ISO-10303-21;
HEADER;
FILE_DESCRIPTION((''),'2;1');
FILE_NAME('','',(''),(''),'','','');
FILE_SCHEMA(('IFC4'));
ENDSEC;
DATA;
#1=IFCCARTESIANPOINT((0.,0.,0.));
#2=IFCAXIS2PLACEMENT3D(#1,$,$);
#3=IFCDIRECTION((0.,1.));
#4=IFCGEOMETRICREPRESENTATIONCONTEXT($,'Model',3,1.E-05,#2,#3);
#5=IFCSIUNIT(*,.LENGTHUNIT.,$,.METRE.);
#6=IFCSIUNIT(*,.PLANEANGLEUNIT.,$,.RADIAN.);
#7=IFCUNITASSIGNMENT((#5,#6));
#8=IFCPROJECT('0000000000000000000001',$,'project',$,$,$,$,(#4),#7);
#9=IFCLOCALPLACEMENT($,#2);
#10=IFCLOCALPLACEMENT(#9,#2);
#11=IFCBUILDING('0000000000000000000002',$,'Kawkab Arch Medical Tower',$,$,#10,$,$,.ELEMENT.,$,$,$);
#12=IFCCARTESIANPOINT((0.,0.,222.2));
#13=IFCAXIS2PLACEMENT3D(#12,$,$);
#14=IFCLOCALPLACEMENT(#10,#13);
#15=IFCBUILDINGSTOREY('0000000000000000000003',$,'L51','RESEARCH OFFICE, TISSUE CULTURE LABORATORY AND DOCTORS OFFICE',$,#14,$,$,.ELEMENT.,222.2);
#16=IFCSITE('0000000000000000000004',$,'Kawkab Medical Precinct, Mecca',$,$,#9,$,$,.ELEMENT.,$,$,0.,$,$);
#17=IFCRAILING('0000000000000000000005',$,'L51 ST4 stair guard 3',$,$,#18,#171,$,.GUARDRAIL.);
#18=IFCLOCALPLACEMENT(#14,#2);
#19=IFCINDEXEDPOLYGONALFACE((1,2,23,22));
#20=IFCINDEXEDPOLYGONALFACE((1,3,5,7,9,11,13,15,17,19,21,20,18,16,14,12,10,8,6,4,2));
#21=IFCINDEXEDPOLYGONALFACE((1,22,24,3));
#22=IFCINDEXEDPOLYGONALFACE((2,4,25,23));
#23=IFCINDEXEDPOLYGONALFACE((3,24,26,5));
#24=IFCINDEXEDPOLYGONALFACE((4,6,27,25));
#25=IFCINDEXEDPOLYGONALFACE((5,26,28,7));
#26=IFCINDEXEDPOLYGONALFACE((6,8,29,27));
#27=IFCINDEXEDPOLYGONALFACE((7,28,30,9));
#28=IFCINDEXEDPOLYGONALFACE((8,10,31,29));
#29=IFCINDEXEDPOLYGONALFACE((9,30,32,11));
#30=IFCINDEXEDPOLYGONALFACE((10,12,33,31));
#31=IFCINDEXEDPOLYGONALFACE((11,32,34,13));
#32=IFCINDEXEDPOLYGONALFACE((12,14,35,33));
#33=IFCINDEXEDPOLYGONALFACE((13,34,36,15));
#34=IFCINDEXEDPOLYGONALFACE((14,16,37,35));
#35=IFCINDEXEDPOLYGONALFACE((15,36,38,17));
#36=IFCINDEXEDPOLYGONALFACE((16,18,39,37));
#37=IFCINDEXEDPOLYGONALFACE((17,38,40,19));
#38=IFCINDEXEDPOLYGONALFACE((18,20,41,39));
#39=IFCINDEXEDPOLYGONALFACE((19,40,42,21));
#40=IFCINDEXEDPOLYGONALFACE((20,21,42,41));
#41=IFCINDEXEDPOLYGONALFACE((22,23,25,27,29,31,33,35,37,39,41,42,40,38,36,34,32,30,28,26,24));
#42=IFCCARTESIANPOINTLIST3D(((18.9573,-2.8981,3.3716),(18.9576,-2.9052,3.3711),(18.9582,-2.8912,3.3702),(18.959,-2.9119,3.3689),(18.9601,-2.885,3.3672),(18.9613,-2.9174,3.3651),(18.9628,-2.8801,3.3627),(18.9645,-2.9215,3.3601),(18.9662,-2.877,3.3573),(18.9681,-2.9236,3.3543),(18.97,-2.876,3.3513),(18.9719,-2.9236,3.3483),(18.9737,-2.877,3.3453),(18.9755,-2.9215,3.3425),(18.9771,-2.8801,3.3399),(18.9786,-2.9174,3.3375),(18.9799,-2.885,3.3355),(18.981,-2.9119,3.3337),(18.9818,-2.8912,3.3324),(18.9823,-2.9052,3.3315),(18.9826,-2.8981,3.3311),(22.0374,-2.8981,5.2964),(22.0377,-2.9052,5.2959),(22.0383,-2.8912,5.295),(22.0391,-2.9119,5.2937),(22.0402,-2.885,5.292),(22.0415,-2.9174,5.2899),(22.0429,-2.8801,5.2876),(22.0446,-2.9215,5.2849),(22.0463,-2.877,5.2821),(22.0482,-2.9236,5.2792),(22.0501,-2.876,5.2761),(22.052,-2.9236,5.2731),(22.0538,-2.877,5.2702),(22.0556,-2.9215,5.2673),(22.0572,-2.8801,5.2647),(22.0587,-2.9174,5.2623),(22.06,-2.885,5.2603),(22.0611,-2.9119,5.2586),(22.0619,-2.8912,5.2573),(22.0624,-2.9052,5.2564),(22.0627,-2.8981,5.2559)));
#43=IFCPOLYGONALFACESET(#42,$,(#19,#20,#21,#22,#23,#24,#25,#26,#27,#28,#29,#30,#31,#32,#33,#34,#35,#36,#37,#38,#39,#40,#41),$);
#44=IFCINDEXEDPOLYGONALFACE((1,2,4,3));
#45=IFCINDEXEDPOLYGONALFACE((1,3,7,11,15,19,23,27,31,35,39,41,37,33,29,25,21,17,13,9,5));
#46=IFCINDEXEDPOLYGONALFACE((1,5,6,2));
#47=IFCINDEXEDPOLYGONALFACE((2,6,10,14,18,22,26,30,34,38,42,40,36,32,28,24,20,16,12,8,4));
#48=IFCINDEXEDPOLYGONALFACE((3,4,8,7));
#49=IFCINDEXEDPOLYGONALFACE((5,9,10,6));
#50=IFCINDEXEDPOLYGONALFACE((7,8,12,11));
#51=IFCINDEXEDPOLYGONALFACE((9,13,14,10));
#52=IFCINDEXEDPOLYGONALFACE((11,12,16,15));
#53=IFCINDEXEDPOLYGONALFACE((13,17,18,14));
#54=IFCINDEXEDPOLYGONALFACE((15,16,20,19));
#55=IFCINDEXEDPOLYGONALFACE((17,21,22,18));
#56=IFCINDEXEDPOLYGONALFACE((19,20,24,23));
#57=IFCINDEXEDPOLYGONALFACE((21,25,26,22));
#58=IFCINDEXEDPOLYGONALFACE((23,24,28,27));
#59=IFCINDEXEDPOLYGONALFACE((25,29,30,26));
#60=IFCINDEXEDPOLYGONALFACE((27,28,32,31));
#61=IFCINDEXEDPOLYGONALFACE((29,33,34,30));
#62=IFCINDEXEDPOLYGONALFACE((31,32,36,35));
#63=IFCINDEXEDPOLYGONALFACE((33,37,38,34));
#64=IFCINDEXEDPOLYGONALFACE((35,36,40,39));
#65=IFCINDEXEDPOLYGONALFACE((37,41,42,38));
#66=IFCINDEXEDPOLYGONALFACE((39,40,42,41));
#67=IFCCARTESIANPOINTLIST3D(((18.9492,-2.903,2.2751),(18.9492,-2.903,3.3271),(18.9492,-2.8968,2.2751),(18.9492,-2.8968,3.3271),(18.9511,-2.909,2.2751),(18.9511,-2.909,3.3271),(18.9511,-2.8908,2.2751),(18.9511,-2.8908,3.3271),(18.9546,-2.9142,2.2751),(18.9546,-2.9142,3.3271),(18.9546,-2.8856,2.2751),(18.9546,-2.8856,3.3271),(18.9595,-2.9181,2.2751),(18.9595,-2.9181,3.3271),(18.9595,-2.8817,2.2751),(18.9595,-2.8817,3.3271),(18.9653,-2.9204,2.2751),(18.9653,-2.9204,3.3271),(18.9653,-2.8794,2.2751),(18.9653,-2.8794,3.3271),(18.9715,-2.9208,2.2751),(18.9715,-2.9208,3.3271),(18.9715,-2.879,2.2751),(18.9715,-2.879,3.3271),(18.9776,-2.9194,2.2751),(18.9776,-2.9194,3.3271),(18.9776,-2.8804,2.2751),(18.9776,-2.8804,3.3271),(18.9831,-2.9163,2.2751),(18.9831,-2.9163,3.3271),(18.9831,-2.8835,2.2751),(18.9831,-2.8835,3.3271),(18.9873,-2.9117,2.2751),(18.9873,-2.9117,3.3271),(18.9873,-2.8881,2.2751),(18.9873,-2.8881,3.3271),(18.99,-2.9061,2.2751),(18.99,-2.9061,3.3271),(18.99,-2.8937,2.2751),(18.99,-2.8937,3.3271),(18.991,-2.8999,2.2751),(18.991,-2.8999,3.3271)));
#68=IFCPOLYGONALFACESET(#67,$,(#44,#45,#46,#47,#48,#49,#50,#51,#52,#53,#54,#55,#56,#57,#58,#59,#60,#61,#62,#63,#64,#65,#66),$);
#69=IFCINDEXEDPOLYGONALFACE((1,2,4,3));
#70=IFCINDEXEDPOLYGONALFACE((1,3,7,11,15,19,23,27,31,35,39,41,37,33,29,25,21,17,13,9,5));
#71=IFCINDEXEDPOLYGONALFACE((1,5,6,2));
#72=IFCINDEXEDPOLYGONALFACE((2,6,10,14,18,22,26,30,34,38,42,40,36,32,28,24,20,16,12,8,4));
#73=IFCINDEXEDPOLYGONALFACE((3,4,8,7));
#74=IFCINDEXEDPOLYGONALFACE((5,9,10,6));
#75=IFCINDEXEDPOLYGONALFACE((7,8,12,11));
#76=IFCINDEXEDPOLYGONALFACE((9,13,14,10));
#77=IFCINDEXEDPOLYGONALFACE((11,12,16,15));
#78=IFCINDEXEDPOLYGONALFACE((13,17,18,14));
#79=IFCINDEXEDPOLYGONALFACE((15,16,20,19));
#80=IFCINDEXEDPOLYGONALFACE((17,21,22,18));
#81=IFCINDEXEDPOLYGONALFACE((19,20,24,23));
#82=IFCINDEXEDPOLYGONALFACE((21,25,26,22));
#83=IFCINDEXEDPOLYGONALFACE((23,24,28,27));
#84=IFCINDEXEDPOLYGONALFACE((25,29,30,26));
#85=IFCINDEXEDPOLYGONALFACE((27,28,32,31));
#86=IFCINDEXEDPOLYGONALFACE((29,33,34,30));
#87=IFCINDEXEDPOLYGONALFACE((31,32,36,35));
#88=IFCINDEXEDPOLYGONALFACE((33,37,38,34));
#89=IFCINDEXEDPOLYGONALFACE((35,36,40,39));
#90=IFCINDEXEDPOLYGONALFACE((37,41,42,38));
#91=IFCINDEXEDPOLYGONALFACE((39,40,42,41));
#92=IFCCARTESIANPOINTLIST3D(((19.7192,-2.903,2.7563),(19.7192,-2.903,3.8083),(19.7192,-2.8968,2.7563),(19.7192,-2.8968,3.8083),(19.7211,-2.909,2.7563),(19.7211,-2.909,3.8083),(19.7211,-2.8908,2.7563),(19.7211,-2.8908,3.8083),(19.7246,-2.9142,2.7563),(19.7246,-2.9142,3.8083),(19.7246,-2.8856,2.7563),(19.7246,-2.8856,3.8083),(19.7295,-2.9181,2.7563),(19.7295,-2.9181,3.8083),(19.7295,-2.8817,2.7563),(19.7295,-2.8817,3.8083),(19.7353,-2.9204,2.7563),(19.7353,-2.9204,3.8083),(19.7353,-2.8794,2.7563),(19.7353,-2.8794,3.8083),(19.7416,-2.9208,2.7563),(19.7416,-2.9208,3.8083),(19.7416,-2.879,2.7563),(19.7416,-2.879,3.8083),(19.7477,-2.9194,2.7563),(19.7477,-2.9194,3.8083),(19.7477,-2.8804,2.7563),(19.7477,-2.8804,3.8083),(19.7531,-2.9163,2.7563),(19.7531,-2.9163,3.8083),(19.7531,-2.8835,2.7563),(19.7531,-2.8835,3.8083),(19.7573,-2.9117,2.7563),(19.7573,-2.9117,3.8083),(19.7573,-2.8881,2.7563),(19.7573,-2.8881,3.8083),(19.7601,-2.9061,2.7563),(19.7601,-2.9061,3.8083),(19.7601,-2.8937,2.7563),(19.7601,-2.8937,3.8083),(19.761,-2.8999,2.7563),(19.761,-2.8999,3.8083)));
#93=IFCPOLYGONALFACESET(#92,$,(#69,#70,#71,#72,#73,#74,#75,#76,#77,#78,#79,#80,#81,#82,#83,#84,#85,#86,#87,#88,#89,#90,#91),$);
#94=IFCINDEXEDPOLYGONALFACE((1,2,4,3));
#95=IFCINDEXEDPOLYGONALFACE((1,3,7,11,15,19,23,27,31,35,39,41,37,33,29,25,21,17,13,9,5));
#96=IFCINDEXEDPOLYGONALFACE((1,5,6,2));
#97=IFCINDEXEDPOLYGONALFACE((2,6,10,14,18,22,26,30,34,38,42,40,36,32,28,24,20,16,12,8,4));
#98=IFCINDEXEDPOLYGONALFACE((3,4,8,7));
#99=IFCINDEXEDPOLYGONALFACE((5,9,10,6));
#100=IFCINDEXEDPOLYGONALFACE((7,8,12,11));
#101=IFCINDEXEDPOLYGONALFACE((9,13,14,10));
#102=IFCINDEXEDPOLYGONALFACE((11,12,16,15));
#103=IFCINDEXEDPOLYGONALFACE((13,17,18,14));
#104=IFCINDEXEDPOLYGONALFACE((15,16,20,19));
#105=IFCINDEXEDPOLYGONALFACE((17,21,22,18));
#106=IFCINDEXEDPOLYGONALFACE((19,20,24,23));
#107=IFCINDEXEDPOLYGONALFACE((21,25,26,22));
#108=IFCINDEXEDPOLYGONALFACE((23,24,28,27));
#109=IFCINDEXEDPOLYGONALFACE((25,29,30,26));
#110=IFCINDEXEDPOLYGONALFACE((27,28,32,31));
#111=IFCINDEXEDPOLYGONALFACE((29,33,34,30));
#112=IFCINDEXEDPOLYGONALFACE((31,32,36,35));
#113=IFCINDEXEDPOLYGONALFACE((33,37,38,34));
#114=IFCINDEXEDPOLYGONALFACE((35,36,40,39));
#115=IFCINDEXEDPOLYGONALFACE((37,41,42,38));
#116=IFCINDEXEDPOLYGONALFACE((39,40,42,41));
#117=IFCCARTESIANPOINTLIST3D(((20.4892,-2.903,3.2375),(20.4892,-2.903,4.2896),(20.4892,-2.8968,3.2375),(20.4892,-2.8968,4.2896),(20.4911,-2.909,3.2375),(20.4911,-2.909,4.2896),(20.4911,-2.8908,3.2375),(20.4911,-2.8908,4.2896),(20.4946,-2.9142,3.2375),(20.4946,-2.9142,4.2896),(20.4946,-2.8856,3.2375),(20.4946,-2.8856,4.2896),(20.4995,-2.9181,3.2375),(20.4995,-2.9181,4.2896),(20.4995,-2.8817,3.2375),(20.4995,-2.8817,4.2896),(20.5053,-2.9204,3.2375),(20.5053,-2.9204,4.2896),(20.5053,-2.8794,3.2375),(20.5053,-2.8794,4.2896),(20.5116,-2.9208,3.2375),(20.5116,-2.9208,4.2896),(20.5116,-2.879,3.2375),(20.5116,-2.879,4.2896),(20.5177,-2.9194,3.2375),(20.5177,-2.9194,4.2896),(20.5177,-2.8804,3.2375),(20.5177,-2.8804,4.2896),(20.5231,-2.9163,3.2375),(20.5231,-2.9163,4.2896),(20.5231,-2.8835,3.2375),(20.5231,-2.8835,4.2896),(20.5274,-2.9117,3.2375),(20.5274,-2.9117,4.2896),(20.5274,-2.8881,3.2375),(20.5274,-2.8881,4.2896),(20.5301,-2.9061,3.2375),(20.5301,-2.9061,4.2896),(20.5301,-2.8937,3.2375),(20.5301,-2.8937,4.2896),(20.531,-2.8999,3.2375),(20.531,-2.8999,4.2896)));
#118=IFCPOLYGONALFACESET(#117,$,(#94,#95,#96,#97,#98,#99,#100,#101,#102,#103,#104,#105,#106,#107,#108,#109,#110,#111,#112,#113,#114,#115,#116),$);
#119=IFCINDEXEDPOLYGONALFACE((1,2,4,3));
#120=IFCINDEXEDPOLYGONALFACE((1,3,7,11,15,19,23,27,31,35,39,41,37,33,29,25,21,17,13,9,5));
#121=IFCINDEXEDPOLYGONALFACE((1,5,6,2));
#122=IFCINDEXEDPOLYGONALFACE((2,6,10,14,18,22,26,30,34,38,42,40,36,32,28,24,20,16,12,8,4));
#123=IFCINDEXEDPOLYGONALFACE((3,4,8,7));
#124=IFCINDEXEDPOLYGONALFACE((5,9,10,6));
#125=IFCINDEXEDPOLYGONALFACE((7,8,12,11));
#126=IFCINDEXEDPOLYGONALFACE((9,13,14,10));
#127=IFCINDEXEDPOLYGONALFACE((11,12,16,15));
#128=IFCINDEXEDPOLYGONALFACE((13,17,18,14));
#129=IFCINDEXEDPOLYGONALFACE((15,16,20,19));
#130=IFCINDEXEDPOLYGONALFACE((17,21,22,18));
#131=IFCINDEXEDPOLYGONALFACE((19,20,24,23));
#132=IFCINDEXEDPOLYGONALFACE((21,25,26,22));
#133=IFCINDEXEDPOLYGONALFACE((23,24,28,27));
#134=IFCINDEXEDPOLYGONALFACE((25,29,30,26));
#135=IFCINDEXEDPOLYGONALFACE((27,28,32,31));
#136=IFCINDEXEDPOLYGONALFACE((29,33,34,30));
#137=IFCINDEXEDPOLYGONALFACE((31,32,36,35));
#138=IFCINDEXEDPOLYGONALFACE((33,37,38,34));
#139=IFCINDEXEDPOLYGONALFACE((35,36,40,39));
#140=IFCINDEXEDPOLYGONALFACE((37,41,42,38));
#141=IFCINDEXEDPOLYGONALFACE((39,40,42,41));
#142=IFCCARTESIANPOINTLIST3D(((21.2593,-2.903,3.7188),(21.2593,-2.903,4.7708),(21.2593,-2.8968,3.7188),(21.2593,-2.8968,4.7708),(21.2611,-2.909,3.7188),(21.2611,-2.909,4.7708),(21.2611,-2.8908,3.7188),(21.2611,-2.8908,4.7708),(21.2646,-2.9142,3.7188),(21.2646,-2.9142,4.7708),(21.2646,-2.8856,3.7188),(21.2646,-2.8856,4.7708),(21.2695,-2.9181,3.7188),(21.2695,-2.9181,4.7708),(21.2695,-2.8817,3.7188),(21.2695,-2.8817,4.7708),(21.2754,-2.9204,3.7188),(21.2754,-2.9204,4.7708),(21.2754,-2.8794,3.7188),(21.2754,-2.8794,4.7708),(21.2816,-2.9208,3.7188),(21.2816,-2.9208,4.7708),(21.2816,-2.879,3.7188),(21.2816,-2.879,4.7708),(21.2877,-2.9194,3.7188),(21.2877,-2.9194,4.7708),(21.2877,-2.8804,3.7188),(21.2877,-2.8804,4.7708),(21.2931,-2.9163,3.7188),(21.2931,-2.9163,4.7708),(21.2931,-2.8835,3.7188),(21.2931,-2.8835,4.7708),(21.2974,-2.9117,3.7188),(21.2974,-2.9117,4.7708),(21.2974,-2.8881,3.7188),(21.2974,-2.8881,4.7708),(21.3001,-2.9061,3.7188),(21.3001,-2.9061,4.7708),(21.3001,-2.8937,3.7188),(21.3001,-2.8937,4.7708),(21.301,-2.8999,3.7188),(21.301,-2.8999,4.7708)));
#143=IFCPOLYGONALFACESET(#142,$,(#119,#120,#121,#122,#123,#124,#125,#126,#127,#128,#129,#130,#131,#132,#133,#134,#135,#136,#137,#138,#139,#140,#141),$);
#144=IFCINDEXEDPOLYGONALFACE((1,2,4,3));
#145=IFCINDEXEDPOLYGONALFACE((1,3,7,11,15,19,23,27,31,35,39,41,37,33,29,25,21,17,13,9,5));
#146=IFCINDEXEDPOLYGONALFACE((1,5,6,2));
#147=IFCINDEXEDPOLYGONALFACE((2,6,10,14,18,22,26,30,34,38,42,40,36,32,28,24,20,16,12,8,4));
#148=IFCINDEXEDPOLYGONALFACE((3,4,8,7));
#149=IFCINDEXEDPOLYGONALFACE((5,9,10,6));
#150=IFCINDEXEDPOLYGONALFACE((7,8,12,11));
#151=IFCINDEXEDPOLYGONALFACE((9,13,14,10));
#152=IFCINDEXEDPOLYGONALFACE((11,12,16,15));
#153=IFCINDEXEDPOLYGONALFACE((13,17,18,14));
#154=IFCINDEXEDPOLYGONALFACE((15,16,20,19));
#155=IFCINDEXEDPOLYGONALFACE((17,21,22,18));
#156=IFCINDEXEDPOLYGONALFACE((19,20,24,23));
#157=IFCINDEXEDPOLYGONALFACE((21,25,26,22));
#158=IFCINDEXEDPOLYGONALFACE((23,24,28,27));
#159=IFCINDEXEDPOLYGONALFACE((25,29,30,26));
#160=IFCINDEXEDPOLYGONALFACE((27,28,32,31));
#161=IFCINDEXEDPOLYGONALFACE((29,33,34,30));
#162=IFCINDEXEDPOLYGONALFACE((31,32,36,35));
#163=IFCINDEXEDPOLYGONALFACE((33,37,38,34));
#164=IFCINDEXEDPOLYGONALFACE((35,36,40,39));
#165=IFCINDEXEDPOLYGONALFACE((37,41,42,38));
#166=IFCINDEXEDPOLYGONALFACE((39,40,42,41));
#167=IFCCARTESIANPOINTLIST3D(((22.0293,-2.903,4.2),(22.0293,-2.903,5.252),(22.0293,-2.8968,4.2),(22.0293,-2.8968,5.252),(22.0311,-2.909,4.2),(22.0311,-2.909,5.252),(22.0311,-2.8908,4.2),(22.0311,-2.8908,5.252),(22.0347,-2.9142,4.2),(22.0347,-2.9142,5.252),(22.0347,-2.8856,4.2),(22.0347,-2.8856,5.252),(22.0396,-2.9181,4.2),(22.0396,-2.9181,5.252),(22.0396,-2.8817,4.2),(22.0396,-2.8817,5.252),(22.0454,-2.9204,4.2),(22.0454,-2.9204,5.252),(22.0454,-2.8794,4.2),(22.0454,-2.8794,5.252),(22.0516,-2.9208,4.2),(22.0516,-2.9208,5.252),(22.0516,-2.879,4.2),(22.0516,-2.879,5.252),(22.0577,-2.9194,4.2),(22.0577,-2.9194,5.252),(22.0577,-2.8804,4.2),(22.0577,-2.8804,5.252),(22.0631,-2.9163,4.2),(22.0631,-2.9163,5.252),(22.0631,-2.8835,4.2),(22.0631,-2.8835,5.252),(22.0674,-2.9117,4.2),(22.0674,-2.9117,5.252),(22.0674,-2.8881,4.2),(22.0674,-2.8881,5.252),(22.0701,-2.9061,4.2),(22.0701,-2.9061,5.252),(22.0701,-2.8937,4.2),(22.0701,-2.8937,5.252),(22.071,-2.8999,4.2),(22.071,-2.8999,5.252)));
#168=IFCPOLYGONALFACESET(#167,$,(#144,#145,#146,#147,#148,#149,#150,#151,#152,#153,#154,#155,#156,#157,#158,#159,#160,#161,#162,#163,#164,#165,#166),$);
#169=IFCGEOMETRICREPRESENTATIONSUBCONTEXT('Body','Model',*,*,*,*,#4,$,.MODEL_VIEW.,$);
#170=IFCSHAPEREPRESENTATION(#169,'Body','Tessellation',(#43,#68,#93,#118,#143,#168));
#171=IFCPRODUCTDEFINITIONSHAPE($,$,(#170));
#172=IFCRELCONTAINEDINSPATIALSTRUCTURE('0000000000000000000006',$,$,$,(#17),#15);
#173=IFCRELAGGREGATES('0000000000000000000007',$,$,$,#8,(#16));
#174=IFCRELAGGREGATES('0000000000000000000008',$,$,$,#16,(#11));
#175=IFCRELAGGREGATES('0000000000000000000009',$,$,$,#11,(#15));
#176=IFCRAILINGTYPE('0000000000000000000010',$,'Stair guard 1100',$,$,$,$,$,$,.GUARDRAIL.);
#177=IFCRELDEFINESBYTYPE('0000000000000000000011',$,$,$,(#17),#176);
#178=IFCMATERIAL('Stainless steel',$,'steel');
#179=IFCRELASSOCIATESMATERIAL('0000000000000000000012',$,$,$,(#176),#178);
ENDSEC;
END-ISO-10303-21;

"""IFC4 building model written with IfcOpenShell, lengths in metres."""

from ifc_helpers import new_model, si_unit, direction, frame, origin, origin_2d, place, context, subcontext, project, spatial, circle, extrude, material, type_object, element, save


model = new_model("IFC4")

# Units and contexts
model_context = context("Model", 3, precision=1e-05, world=origin(), true_north=direction((0.0, 1.0)))
body_context = subcontext(model_context, "Body", "Model", "MODEL_VIEW")
ifc_project = project(units=[si_unit("LENGTHUNIT", "METRE"), si_unit("PLANEANGLEUNIT", "RADIAN")], contexts=[model_context])

# Site, building, storey
site_placement = place(None, origin())
site = spatial("IfcSite", under=ifc_project, at=site_placement, Name="Kawkab Medical Precinct, Mecca", CompositionType="ELEMENT", RefElevation=0.0)
building_placement = place(site_placement, origin())
building = spatial("IfcBuilding", under=site, at=building_placement, Name="Kawkab Arch Medical Tower", CompositionType="ELEMENT")
storey_placement = place(building_placement, frame((0.0, 0.0, 222.2)))
storey = spatial("IfcBuildingStorey", under=building, at=storey_placement, Name="L51", Description="RESEARCH OFFICE, TISSUE CULTURE LABORATORY AND DOCTORS OFFICE", CompositionType="ELEMENT", Elevation=222.2)

# Railing
ifc_material_1 = material(Name="Stainless steel", Category="steel")
railing_type_1 = type_object("IfcRailingType", Name="Stair guard 1100", PredefinedType="GUARDRAIL", material=ifc_material_1)
railing_1_placement = place(storey_placement, frame((18.97, -2.8999, 2.2751)))
element("IfcRailing", 1, at=railing_1_placement, inside=storey, type_object=railing_type_1, Name="L51 ST4 stair guard 3", PredefinedType="GUARDRAIL", context=body_context, shape_type="SweptSolid", body=[
    extrude(circle(Radius=0.0239, at=origin_2d()), frame((0.0, 0.0, 1.0762), z_axis=(0.848029, 0.0, 0.529951), x_axis=(0.0, 1.0, 0.0)), (0.0, 0.0, 1.0), 3.6321),
    extrude(circle(Radius=0.021, at=origin_2d()), origin(), (0.0, 0.0, 1.0), 1.052),
    extrude(circle(Radius=0.021, at=origin_2d()), frame((0.77, 0.0, 0.4812)), (0.0, 0.0, 1.0), 1.052),
    extrude(circle(Radius=0.021, at=origin_2d()), frame((1.54, 0.0, 0.9624)), (0.0, 0.0, 1.0), 1.052),
    extrude(circle(Radius=0.021, at=origin_2d()), frame((2.3101, 0.0, 1.4436)), (0.0, 0.0, 1.0), 1.052),
    extrude(circle(Radius=0.021, at=origin_2d()), frame((3.0801, 0.0, 1.9248)), (0.0, 0.0, 1.0), 1.052),
])

save(model, "model.ifc")
